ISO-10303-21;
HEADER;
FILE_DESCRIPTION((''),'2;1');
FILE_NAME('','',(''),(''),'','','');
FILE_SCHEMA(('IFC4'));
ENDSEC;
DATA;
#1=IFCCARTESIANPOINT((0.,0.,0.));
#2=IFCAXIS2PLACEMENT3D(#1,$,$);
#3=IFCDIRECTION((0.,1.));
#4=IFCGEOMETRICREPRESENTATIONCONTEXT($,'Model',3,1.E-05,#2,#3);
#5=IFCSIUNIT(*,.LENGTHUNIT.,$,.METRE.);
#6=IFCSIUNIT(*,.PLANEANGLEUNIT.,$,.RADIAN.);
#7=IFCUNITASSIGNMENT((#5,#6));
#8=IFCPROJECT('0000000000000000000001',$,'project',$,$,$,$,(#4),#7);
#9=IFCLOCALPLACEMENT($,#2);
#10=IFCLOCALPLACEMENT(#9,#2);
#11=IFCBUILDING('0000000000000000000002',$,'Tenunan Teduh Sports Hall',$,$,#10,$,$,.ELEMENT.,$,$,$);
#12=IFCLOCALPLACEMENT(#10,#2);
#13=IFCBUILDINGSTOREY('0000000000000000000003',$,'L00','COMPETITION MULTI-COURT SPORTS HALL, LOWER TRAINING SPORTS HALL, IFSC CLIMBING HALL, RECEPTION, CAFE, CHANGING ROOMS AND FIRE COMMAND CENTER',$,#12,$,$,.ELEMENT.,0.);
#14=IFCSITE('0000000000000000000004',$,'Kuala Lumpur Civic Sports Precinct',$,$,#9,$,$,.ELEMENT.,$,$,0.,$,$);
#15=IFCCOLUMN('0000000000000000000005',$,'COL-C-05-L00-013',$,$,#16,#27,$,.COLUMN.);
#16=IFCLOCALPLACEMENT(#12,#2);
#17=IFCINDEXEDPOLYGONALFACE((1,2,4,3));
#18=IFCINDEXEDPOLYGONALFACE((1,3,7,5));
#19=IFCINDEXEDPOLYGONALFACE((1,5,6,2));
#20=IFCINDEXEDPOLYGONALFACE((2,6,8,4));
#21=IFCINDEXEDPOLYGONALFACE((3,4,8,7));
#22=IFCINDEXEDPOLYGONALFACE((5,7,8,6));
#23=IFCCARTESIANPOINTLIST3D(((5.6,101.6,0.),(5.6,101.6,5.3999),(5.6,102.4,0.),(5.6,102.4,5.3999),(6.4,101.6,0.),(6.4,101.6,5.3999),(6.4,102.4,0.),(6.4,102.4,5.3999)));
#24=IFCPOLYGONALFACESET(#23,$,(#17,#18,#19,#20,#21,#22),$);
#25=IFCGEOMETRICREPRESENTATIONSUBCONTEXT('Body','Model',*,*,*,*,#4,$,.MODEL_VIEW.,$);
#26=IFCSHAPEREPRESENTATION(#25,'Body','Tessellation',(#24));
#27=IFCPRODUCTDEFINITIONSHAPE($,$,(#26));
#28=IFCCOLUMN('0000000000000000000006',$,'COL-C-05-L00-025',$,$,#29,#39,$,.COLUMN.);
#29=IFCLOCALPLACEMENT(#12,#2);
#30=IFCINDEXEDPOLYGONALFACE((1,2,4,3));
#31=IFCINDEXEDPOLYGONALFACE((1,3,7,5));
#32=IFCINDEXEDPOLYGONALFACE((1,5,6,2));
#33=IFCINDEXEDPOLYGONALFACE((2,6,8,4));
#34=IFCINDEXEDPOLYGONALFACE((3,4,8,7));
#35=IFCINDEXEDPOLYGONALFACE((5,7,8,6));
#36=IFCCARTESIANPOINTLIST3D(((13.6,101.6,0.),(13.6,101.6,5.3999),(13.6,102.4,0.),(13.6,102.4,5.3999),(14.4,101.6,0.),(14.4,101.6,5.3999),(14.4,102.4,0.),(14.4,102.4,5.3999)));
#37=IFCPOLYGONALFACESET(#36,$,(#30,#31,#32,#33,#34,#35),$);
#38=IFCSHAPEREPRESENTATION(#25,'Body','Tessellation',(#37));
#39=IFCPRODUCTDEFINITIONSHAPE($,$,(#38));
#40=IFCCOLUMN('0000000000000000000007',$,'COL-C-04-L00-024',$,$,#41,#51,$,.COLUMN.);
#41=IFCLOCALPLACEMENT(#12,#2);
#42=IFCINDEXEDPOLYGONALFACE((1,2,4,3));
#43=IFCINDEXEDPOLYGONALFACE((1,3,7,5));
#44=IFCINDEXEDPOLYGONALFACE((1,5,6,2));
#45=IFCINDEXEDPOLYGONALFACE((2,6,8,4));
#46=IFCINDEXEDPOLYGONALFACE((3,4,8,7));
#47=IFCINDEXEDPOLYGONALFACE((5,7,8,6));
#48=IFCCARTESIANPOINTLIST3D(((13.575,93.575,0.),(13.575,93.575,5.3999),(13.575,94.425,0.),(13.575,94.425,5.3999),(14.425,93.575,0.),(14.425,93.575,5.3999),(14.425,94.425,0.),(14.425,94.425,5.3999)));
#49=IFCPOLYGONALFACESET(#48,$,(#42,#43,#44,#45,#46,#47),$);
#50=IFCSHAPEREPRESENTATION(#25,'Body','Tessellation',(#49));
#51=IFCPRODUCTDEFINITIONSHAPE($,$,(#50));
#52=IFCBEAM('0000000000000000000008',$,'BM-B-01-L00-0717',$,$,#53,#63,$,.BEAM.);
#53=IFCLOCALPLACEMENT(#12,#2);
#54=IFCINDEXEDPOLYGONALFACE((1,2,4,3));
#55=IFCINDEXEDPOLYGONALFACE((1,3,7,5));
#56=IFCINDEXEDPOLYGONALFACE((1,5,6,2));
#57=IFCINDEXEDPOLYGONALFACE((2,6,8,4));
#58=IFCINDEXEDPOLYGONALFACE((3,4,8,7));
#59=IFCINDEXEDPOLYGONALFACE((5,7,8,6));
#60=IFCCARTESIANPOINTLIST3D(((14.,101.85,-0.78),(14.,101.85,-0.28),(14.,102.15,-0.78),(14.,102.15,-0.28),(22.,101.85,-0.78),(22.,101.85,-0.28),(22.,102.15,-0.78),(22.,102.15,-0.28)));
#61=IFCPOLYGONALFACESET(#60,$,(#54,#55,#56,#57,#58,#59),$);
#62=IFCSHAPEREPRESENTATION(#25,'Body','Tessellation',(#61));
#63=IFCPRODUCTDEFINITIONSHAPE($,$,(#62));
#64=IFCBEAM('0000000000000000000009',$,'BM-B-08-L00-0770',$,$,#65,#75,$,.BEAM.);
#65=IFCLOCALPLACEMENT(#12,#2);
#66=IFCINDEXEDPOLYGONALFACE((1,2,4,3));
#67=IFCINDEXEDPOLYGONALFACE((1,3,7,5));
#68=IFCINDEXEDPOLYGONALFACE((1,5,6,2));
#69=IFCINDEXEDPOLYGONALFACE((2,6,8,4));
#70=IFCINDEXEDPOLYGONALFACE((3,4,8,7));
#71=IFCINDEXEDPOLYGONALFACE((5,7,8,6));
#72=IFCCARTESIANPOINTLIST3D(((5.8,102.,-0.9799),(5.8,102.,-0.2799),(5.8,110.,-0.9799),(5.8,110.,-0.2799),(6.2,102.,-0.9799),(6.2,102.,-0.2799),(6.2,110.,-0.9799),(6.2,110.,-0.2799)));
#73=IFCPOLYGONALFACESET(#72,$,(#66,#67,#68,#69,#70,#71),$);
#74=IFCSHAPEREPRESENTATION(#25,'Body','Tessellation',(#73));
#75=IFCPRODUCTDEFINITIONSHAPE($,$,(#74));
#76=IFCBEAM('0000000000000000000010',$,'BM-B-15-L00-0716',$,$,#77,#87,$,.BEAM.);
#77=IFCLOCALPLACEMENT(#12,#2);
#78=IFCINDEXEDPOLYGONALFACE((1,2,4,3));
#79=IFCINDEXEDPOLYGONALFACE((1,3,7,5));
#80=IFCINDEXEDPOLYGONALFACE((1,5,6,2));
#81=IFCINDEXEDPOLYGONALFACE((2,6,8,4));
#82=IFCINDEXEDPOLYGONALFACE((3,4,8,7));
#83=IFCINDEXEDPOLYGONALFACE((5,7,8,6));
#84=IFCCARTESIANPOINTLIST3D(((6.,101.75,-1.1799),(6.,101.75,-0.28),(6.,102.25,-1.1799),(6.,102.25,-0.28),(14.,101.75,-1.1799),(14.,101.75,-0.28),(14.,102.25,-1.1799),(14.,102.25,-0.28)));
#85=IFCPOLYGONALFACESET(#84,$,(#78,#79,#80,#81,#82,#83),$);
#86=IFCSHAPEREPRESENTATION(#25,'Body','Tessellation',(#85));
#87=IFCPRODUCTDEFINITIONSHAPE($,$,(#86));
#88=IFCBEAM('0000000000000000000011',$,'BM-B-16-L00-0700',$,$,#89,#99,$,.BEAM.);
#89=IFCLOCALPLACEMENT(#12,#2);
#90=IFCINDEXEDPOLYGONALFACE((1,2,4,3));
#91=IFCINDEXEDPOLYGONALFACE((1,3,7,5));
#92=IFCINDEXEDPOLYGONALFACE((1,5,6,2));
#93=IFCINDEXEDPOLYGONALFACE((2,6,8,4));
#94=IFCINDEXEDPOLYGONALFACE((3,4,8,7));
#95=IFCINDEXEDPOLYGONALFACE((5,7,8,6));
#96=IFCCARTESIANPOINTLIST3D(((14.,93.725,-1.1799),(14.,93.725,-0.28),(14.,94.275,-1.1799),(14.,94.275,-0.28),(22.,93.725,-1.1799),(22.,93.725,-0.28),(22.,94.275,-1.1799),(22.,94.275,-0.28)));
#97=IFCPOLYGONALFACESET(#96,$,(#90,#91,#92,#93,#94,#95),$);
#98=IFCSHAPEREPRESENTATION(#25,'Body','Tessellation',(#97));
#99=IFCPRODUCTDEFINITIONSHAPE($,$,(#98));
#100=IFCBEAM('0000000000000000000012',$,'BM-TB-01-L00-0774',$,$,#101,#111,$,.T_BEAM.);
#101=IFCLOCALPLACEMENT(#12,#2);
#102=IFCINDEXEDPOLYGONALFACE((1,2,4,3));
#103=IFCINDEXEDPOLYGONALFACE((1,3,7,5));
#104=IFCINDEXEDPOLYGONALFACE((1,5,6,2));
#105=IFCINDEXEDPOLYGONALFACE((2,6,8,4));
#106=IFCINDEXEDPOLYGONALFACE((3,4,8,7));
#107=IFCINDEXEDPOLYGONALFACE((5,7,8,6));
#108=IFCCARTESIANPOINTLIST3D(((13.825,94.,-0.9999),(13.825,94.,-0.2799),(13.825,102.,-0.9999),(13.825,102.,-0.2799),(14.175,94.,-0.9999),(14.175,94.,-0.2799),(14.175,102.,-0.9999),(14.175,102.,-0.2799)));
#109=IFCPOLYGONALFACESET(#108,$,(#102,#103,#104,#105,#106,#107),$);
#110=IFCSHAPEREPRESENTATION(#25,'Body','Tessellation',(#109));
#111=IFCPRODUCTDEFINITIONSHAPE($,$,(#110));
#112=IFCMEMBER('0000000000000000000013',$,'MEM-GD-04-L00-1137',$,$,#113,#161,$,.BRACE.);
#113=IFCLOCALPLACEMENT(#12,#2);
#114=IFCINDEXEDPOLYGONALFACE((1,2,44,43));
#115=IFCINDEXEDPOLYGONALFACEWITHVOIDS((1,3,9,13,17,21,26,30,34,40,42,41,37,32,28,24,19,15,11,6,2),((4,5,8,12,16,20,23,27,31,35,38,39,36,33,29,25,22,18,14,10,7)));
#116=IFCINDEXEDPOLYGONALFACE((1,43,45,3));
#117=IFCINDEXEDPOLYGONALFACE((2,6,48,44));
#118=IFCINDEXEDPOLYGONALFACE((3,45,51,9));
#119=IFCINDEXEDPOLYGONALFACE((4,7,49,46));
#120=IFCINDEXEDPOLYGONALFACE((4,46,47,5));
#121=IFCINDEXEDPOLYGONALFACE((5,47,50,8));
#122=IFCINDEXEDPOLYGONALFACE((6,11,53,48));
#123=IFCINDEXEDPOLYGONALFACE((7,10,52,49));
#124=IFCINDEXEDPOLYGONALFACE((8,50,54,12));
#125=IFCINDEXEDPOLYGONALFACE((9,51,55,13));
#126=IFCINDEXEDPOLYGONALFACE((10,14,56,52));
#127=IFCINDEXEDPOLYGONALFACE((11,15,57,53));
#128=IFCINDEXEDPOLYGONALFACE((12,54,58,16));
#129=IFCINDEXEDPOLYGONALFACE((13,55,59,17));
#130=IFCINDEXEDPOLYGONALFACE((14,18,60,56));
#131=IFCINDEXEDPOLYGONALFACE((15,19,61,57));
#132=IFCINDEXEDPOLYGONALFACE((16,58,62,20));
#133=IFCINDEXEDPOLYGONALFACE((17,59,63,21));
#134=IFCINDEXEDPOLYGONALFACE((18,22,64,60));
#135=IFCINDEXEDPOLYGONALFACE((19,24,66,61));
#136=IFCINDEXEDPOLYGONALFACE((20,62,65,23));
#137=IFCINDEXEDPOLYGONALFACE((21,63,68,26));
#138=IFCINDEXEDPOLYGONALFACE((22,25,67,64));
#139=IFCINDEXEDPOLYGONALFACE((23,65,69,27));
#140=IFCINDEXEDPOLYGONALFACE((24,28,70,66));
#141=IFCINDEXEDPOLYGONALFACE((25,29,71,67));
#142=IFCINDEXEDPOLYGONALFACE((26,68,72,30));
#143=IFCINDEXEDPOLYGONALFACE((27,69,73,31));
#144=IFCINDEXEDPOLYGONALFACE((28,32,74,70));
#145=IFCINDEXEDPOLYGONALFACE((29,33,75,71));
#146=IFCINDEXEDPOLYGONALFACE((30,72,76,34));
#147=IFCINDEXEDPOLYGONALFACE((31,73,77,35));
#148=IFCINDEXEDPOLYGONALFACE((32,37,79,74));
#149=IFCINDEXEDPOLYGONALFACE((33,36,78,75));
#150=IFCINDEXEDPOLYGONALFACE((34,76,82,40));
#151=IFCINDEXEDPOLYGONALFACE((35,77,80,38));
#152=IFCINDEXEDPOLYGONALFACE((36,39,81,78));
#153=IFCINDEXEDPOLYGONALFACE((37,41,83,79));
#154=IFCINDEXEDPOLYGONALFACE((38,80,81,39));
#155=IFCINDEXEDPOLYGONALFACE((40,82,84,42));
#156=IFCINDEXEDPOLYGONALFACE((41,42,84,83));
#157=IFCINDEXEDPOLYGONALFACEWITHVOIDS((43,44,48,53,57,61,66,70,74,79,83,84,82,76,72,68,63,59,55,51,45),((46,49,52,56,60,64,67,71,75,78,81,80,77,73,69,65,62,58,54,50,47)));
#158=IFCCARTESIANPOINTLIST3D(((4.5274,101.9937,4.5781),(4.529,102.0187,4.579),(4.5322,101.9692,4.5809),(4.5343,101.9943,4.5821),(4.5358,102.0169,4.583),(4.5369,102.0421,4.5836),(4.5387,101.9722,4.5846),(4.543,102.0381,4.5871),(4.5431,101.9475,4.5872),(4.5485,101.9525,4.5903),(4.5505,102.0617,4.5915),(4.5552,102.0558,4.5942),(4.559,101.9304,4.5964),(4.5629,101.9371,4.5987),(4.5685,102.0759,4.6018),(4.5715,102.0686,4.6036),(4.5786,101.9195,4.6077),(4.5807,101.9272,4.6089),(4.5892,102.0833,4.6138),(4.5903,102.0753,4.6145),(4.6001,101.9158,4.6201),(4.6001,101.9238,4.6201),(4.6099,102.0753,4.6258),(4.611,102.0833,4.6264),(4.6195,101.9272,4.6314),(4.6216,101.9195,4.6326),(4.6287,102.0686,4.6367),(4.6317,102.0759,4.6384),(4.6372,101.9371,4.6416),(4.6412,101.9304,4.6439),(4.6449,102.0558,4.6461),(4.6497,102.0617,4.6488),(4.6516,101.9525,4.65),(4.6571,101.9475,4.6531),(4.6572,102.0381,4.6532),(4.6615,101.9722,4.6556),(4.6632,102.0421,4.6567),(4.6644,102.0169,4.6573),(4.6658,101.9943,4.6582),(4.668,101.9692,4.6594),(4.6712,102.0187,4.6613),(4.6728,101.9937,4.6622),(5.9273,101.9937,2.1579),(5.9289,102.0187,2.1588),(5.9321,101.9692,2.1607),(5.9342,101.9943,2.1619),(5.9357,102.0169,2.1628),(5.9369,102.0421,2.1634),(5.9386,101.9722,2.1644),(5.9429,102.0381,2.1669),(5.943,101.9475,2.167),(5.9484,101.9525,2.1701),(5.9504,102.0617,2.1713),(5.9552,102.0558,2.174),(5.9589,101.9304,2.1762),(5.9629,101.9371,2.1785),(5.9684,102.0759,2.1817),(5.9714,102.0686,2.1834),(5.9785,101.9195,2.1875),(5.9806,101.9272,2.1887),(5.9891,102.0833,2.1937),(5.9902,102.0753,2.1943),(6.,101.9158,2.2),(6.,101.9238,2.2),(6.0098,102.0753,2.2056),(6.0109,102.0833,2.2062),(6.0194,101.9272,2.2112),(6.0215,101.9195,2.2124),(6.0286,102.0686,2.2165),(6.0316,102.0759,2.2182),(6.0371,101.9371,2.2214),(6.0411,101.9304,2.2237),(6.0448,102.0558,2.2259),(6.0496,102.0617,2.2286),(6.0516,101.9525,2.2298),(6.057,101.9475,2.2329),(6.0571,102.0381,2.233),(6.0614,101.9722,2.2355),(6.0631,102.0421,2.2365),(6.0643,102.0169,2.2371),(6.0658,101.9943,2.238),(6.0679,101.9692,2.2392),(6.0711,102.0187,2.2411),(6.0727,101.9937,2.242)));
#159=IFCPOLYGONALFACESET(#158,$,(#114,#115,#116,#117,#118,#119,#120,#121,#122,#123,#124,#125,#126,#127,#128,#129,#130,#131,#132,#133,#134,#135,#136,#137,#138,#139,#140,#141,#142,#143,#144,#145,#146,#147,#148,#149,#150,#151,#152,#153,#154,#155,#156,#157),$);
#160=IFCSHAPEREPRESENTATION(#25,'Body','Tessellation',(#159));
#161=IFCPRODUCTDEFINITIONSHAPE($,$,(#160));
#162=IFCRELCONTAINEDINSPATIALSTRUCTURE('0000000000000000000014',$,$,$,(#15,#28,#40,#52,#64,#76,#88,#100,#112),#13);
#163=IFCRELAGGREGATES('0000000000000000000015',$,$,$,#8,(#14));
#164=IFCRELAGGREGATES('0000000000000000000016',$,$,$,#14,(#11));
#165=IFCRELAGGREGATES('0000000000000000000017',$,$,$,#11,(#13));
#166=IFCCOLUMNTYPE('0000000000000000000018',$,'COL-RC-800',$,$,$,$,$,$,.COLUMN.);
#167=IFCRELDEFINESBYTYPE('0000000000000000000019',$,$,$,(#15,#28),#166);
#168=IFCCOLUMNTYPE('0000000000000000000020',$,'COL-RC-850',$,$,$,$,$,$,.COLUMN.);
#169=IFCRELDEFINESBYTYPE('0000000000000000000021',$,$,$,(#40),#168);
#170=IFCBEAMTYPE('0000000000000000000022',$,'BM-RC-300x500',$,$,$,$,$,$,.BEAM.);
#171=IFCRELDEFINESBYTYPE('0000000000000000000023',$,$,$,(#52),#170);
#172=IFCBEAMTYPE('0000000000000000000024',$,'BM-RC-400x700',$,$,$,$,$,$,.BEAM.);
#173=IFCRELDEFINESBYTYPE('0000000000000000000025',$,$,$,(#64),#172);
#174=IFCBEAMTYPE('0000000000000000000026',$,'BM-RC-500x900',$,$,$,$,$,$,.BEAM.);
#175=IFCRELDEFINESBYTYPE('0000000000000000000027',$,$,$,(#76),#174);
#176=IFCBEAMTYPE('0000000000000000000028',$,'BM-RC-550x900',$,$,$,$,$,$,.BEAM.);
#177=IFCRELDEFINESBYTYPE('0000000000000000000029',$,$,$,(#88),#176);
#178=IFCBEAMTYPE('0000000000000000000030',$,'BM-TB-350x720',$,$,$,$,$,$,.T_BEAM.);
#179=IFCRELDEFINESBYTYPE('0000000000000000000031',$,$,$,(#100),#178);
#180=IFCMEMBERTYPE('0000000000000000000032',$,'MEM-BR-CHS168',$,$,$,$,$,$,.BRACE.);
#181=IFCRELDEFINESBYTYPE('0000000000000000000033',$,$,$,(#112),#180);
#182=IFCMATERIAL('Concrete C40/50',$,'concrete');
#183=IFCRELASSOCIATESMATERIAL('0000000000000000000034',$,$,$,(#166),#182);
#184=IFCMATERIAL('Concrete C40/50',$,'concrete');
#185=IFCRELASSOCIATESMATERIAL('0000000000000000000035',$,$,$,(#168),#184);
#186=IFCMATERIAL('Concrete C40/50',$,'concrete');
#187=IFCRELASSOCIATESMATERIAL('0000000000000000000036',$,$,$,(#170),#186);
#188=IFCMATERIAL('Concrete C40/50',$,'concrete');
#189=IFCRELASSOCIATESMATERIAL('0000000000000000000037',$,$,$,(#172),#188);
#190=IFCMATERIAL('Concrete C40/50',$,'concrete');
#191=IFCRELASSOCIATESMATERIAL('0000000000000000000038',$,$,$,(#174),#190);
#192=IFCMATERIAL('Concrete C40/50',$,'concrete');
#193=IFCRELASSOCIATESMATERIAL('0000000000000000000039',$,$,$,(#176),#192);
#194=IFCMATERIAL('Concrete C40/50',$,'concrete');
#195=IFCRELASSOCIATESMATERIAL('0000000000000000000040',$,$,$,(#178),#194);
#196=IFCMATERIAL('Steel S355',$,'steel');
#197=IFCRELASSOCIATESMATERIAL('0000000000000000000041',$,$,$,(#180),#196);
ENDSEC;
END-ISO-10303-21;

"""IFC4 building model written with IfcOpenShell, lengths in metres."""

from ifc_helpers import new_model, si_unit, direction, frame, origin, origin_2d, place, context, subcontext, project, spatial, rectangle, hollow_circle, extrude, material, material_profile, profile_set, type_object, element, save


model = new_model("IFC4")

# Units and contexts
model_context = context("Model", 3, precision=1e-05, world=origin(), true_north=direction((0.0, 1.0)))
body_context = subcontext(model_context, "Body", "Model", "MODEL_VIEW")
ifc_project = project(units=[si_unit("LENGTHUNIT", "METRE"), si_unit("PLANEANGLEUNIT", "RADIAN")], contexts=[model_context])

# Site, building, storey
site_placement = place(None, origin())
site = spatial("IfcSite", under=ifc_project, at=site_placement, Name="Kuala Lumpur Civic Sports Precinct", CompositionType="ELEMENT", RefElevation=0.0)
building_placement = place(site_placement, origin())
building = spatial("IfcBuilding", under=site, at=building_placement, Name="Tenunan Teduh Sports Hall", CompositionType="ELEMENT")
storey_placement = place(building_placement, origin())
storey = spatial("IfcBuildingStorey", under=building, at=storey_placement, Name="L00", Description="COMPETITION MULTI-COURT SPORTS HALL, LOWER TRAINING SPORTS HALL, IFSC CLIMBING HALL, RECEPTION, CAFE, CHANGING ROOMS AND FIRE COMMAND CENTER", CompositionType="ELEMENT", Elevation=0.0)

# Columns
ifc_material_1 = material(Name="Concrete C40/50", Category="concrete")
ifc_material_profile_1 = material_profile(ifc_material_1, rectangle(XDim=0.8, YDim=0.8, at=origin_2d()), Name="RC 800x800")
ifc_profile_set_1 = profile_set([ifc_material_profile_1], Name="Concrete C40/50")
column_type_1 = type_object("IfcColumnType", Name="COL-RC-800", PredefinedType="COLUMN", material=ifc_profile_set_1)
for number, where, z_axis, x_axis, name in (
    (1, (6.0, 102.0, 0.0), (0.0, 0.0, 1.0), (1.0, 0.0, 0.0), "COL-C-05-L00-013"),
    (2, (14.0, 102.0, 0.0), (0.0, 0.0, 1.0), (1.0, 0.0, 0.0), "COL-C-05-L00-025"),
):
    element("IfcColumn", number, at=place(storey_placement, frame(where, z_axis=z_axis, x_axis=x_axis)), inside=storey, type_object=column_type_1, Name=name, PredefinedType="COLUMN", context=body_context, shape_type="SweptSolid", body=[
        extrude(rectangle(XDim=0.8, YDim=0.8, at=origin_2d()), origin(), (0.0, 0.0, 1.0), 5.3999),
    ])
ifc_material_2 = material(Name="Concrete C40/50", Category="concrete")
ifc_material_profile_2 = material_profile(ifc_material_2, rectangle(XDim=0.8501, YDim=0.8501, at=origin_2d()), Name="RC 850x850")
ifc_profile_set_2 = profile_set([ifc_material_profile_2], Name="Concrete C40/50")
column_type_2 = type_object("IfcColumnType", Name="COL-RC-850", PredefinedType="COLUMN", material=ifc_profile_set_2)
column_placement = place(storey_placement, frame((14.0, 94.0, 0.0), z_axis=(0.0, 0.0, 1.0), x_axis=(1.0, 0.0, 0.0)))
element("IfcColumn", 3, at=column_placement, inside=storey, type_object=column_type_2, Name="COL-C-04-L00-024", PredefinedType="COLUMN", context=body_context, shape_type="SweptSolid", body=[
    extrude(rectangle(XDim=0.8501, YDim=0.8501, at=origin_2d()), origin(), (0.0, 0.0, 1.0), 5.3999),
])

# Beams
ifc_material_3 = material(Name="Concrete C40/50", Category="concrete")
ifc_material_profile_3 = material_profile(ifc_material_3, rectangle(XDim=0.3, YDim=0.5, at=origin_2d()), Name="RCB 300x500")
ifc_profile_set_3 = profile_set([ifc_material_profile_3], Name="Concrete C40/50")
beam_type_1 = type_object("IfcBeamType", Name="BM-RC-300x500", PredefinedType="BEAM", material=ifc_profile_set_3)
beam_1_placement = place(storey_placement, frame((14.0, 102.0, -0.53), z_axis=(1.0, 0.0, 0.0), x_axis=(0.0, 1.0, 0.0)))
element("IfcBeam", 4, at=beam_1_placement, inside=storey, type_object=beam_type_1, Name="BM-B-01-L00-0717", PredefinedType="BEAM", context=body_context, shape_type="SweptSolid", body=[
    extrude(rectangle(XDim=0.3, YDim=0.5, at=origin_2d()), origin(), (0.0, 0.0, 1.0), 8.0),
])
ifc_material_4 = material(Name="Concrete C40/50", Category="concrete")
ifc_material_profile_4 = material_profile(ifc_material_4, rectangle(XDim=0.3999, YDim=0.7, at=origin_2d()), Name="RCB 400x700")
ifc_profile_set_4 = profile_set([ifc_material_profile_4], Name="Concrete C40/50")
beam_type_2 = type_object("IfcBeamType", Name="BM-RC-400x700", PredefinedType="BEAM", material=ifc_profile_set_4)
beam_2_placement = place(storey_placement, frame((6.0, 102.0, -0.6299), z_axis=(0.0, 1.0, 0.0), x_axis=(-1.0, 0.0, 0.0)))
element("IfcBeam", 5, at=beam_2_placement, inside=storey, type_object=beam_type_2, Name="BM-B-08-L00-0770", PredefinedType="BEAM", context=body_context, shape_type="SweptSolid", body=[
    extrude(rectangle(XDim=0.3999, YDim=0.7, at=origin_2d()), origin(), (0.0, 0.0, 1.0), 8.0),
])
ifc_material_5 = material(Name="Concrete C40/50", Category="concrete")
ifc_material_profile_5 = material_profile(ifc_material_5, rectangle(XDim=0.5, YDim=0.8999, at=origin_2d()), Name="RCB 500x900")
ifc_profile_set_5 = profile_set([ifc_material_profile_5], Name="Concrete C40/50")
beam_type_3 = type_object("IfcBeamType", Name="BM-RC-500x900", PredefinedType="BEAM", material=ifc_profile_set_5)
beam_3_placement = place(storey_placement, frame((6.0, 102.0, -0.73), z_axis=(1.0, 0.0, 0.0), x_axis=(0.0, 1.0, 0.0)))
element("IfcBeam", 6, at=beam_3_placement, inside=storey, type_object=beam_type_3, Name="BM-B-15-L00-0716", PredefinedType="BEAM", context=body_context, shape_type="SweptSolid", body=[
    extrude(rectangle(XDim=0.5, YDim=0.8999, at=origin_2d()), origin(), (0.0, 0.0, 1.0), 8.0),
])
ifc_material_6 = material(Name="Concrete C40/50", Category="concrete")
ifc_material_profile_6 = material_profile(ifc_material_6, rectangle(XDim=0.55, YDim=0.8999, at=origin_2d()), Name="RCB 550x900")
ifc_profile_set_6 = profile_set([ifc_material_profile_6], Name="Concrete C40/50")
beam_type_4 = type_object("IfcBeamType", Name="BM-RC-550x900", PredefinedType="BEAM", material=ifc_profile_set_6)
beam_4_placement = place(storey_placement, frame((14.0, 94.0, -0.73), z_axis=(1.0, 0.0, 0.0), x_axis=(0.0, 1.0, 0.0)))
element("IfcBeam", 7, at=beam_4_placement, inside=storey, type_object=beam_type_4, Name="BM-B-16-L00-0700", PredefinedType="BEAM", context=body_context, shape_type="SweptSolid", body=[
    extrude(rectangle(XDim=0.55, YDim=0.8999, at=origin_2d()), origin(), (0.0, 0.0, 1.0), 8.0),
])
ifc_material_7 = material(Name="Concrete C40/50", Category="concrete")
ifc_material_profile_7 = material_profile(ifc_material_7, rectangle(XDim=0.3501, YDim=0.72, at=origin_2d()), Name="TB 350x720")
ifc_profile_set_7 = profile_set([ifc_material_profile_7], Name="Concrete C40/50")
beam_type_5 = type_object("IfcBeamType", Name="BM-TB-350x720", PredefinedType="T_BEAM", material=ifc_profile_set_7)
beam_5_placement = place(storey_placement, frame((14.0, 94.0, -0.6399), z_axis=(0.0, 1.0, 0.0), x_axis=(-1.0, 0.0, 0.0)))
element("IfcBeam", 8, at=beam_5_placement, inside=storey, type_object=beam_type_5, Name="BM-TB-01-L00-0774", PredefinedType="T_BEAM", context=body_context, shape_type="SweptSolid", body=[
    extrude(rectangle(XDim=0.3501, YDim=0.72, at=origin_2d()), origin(), (0.0, 0.0, 1.0), 8.0),
])

# Member
ifc_material_8 = material(Name="Steel S355", Category="steel")
ifc_material_profile_8 = material_profile(ifc_material_8, hollow_circle(Radius=0.0842, WallThickness=0.0081, at=origin_2d()), Name="CHS 168.3x8.0")
ifc_profile_set_8 = profile_set([ifc_material_profile_8], Name="Steel S355")
member_type_1 = type_object("IfcMemberType", Name="MEM-BR-CHS168", PredefinedType="BRACE", material=ifc_profile_set_8)
member_1_placement = place(storey_placement, frame((6.0, 102.0, 2.2), z_axis=(-0.500702, 0.0, 0.86562), x_axis=(0.0, -1.0, 0.0)))
element("IfcMember", 9, at=member_1_placement, inside=storey, type_object=member_type_1, Name="MEM-GD-04-L00-1137", PredefinedType="BRACE", context=body_context, shape_type="SweptSolid", body=[
    extrude(hollow_circle(Radius=0.0842, WallThickness=0.0081, at=origin_2d()), origin(), (0.0, 0.0, 1.0), 2.7959),
])

save(model, "model.ifc")
